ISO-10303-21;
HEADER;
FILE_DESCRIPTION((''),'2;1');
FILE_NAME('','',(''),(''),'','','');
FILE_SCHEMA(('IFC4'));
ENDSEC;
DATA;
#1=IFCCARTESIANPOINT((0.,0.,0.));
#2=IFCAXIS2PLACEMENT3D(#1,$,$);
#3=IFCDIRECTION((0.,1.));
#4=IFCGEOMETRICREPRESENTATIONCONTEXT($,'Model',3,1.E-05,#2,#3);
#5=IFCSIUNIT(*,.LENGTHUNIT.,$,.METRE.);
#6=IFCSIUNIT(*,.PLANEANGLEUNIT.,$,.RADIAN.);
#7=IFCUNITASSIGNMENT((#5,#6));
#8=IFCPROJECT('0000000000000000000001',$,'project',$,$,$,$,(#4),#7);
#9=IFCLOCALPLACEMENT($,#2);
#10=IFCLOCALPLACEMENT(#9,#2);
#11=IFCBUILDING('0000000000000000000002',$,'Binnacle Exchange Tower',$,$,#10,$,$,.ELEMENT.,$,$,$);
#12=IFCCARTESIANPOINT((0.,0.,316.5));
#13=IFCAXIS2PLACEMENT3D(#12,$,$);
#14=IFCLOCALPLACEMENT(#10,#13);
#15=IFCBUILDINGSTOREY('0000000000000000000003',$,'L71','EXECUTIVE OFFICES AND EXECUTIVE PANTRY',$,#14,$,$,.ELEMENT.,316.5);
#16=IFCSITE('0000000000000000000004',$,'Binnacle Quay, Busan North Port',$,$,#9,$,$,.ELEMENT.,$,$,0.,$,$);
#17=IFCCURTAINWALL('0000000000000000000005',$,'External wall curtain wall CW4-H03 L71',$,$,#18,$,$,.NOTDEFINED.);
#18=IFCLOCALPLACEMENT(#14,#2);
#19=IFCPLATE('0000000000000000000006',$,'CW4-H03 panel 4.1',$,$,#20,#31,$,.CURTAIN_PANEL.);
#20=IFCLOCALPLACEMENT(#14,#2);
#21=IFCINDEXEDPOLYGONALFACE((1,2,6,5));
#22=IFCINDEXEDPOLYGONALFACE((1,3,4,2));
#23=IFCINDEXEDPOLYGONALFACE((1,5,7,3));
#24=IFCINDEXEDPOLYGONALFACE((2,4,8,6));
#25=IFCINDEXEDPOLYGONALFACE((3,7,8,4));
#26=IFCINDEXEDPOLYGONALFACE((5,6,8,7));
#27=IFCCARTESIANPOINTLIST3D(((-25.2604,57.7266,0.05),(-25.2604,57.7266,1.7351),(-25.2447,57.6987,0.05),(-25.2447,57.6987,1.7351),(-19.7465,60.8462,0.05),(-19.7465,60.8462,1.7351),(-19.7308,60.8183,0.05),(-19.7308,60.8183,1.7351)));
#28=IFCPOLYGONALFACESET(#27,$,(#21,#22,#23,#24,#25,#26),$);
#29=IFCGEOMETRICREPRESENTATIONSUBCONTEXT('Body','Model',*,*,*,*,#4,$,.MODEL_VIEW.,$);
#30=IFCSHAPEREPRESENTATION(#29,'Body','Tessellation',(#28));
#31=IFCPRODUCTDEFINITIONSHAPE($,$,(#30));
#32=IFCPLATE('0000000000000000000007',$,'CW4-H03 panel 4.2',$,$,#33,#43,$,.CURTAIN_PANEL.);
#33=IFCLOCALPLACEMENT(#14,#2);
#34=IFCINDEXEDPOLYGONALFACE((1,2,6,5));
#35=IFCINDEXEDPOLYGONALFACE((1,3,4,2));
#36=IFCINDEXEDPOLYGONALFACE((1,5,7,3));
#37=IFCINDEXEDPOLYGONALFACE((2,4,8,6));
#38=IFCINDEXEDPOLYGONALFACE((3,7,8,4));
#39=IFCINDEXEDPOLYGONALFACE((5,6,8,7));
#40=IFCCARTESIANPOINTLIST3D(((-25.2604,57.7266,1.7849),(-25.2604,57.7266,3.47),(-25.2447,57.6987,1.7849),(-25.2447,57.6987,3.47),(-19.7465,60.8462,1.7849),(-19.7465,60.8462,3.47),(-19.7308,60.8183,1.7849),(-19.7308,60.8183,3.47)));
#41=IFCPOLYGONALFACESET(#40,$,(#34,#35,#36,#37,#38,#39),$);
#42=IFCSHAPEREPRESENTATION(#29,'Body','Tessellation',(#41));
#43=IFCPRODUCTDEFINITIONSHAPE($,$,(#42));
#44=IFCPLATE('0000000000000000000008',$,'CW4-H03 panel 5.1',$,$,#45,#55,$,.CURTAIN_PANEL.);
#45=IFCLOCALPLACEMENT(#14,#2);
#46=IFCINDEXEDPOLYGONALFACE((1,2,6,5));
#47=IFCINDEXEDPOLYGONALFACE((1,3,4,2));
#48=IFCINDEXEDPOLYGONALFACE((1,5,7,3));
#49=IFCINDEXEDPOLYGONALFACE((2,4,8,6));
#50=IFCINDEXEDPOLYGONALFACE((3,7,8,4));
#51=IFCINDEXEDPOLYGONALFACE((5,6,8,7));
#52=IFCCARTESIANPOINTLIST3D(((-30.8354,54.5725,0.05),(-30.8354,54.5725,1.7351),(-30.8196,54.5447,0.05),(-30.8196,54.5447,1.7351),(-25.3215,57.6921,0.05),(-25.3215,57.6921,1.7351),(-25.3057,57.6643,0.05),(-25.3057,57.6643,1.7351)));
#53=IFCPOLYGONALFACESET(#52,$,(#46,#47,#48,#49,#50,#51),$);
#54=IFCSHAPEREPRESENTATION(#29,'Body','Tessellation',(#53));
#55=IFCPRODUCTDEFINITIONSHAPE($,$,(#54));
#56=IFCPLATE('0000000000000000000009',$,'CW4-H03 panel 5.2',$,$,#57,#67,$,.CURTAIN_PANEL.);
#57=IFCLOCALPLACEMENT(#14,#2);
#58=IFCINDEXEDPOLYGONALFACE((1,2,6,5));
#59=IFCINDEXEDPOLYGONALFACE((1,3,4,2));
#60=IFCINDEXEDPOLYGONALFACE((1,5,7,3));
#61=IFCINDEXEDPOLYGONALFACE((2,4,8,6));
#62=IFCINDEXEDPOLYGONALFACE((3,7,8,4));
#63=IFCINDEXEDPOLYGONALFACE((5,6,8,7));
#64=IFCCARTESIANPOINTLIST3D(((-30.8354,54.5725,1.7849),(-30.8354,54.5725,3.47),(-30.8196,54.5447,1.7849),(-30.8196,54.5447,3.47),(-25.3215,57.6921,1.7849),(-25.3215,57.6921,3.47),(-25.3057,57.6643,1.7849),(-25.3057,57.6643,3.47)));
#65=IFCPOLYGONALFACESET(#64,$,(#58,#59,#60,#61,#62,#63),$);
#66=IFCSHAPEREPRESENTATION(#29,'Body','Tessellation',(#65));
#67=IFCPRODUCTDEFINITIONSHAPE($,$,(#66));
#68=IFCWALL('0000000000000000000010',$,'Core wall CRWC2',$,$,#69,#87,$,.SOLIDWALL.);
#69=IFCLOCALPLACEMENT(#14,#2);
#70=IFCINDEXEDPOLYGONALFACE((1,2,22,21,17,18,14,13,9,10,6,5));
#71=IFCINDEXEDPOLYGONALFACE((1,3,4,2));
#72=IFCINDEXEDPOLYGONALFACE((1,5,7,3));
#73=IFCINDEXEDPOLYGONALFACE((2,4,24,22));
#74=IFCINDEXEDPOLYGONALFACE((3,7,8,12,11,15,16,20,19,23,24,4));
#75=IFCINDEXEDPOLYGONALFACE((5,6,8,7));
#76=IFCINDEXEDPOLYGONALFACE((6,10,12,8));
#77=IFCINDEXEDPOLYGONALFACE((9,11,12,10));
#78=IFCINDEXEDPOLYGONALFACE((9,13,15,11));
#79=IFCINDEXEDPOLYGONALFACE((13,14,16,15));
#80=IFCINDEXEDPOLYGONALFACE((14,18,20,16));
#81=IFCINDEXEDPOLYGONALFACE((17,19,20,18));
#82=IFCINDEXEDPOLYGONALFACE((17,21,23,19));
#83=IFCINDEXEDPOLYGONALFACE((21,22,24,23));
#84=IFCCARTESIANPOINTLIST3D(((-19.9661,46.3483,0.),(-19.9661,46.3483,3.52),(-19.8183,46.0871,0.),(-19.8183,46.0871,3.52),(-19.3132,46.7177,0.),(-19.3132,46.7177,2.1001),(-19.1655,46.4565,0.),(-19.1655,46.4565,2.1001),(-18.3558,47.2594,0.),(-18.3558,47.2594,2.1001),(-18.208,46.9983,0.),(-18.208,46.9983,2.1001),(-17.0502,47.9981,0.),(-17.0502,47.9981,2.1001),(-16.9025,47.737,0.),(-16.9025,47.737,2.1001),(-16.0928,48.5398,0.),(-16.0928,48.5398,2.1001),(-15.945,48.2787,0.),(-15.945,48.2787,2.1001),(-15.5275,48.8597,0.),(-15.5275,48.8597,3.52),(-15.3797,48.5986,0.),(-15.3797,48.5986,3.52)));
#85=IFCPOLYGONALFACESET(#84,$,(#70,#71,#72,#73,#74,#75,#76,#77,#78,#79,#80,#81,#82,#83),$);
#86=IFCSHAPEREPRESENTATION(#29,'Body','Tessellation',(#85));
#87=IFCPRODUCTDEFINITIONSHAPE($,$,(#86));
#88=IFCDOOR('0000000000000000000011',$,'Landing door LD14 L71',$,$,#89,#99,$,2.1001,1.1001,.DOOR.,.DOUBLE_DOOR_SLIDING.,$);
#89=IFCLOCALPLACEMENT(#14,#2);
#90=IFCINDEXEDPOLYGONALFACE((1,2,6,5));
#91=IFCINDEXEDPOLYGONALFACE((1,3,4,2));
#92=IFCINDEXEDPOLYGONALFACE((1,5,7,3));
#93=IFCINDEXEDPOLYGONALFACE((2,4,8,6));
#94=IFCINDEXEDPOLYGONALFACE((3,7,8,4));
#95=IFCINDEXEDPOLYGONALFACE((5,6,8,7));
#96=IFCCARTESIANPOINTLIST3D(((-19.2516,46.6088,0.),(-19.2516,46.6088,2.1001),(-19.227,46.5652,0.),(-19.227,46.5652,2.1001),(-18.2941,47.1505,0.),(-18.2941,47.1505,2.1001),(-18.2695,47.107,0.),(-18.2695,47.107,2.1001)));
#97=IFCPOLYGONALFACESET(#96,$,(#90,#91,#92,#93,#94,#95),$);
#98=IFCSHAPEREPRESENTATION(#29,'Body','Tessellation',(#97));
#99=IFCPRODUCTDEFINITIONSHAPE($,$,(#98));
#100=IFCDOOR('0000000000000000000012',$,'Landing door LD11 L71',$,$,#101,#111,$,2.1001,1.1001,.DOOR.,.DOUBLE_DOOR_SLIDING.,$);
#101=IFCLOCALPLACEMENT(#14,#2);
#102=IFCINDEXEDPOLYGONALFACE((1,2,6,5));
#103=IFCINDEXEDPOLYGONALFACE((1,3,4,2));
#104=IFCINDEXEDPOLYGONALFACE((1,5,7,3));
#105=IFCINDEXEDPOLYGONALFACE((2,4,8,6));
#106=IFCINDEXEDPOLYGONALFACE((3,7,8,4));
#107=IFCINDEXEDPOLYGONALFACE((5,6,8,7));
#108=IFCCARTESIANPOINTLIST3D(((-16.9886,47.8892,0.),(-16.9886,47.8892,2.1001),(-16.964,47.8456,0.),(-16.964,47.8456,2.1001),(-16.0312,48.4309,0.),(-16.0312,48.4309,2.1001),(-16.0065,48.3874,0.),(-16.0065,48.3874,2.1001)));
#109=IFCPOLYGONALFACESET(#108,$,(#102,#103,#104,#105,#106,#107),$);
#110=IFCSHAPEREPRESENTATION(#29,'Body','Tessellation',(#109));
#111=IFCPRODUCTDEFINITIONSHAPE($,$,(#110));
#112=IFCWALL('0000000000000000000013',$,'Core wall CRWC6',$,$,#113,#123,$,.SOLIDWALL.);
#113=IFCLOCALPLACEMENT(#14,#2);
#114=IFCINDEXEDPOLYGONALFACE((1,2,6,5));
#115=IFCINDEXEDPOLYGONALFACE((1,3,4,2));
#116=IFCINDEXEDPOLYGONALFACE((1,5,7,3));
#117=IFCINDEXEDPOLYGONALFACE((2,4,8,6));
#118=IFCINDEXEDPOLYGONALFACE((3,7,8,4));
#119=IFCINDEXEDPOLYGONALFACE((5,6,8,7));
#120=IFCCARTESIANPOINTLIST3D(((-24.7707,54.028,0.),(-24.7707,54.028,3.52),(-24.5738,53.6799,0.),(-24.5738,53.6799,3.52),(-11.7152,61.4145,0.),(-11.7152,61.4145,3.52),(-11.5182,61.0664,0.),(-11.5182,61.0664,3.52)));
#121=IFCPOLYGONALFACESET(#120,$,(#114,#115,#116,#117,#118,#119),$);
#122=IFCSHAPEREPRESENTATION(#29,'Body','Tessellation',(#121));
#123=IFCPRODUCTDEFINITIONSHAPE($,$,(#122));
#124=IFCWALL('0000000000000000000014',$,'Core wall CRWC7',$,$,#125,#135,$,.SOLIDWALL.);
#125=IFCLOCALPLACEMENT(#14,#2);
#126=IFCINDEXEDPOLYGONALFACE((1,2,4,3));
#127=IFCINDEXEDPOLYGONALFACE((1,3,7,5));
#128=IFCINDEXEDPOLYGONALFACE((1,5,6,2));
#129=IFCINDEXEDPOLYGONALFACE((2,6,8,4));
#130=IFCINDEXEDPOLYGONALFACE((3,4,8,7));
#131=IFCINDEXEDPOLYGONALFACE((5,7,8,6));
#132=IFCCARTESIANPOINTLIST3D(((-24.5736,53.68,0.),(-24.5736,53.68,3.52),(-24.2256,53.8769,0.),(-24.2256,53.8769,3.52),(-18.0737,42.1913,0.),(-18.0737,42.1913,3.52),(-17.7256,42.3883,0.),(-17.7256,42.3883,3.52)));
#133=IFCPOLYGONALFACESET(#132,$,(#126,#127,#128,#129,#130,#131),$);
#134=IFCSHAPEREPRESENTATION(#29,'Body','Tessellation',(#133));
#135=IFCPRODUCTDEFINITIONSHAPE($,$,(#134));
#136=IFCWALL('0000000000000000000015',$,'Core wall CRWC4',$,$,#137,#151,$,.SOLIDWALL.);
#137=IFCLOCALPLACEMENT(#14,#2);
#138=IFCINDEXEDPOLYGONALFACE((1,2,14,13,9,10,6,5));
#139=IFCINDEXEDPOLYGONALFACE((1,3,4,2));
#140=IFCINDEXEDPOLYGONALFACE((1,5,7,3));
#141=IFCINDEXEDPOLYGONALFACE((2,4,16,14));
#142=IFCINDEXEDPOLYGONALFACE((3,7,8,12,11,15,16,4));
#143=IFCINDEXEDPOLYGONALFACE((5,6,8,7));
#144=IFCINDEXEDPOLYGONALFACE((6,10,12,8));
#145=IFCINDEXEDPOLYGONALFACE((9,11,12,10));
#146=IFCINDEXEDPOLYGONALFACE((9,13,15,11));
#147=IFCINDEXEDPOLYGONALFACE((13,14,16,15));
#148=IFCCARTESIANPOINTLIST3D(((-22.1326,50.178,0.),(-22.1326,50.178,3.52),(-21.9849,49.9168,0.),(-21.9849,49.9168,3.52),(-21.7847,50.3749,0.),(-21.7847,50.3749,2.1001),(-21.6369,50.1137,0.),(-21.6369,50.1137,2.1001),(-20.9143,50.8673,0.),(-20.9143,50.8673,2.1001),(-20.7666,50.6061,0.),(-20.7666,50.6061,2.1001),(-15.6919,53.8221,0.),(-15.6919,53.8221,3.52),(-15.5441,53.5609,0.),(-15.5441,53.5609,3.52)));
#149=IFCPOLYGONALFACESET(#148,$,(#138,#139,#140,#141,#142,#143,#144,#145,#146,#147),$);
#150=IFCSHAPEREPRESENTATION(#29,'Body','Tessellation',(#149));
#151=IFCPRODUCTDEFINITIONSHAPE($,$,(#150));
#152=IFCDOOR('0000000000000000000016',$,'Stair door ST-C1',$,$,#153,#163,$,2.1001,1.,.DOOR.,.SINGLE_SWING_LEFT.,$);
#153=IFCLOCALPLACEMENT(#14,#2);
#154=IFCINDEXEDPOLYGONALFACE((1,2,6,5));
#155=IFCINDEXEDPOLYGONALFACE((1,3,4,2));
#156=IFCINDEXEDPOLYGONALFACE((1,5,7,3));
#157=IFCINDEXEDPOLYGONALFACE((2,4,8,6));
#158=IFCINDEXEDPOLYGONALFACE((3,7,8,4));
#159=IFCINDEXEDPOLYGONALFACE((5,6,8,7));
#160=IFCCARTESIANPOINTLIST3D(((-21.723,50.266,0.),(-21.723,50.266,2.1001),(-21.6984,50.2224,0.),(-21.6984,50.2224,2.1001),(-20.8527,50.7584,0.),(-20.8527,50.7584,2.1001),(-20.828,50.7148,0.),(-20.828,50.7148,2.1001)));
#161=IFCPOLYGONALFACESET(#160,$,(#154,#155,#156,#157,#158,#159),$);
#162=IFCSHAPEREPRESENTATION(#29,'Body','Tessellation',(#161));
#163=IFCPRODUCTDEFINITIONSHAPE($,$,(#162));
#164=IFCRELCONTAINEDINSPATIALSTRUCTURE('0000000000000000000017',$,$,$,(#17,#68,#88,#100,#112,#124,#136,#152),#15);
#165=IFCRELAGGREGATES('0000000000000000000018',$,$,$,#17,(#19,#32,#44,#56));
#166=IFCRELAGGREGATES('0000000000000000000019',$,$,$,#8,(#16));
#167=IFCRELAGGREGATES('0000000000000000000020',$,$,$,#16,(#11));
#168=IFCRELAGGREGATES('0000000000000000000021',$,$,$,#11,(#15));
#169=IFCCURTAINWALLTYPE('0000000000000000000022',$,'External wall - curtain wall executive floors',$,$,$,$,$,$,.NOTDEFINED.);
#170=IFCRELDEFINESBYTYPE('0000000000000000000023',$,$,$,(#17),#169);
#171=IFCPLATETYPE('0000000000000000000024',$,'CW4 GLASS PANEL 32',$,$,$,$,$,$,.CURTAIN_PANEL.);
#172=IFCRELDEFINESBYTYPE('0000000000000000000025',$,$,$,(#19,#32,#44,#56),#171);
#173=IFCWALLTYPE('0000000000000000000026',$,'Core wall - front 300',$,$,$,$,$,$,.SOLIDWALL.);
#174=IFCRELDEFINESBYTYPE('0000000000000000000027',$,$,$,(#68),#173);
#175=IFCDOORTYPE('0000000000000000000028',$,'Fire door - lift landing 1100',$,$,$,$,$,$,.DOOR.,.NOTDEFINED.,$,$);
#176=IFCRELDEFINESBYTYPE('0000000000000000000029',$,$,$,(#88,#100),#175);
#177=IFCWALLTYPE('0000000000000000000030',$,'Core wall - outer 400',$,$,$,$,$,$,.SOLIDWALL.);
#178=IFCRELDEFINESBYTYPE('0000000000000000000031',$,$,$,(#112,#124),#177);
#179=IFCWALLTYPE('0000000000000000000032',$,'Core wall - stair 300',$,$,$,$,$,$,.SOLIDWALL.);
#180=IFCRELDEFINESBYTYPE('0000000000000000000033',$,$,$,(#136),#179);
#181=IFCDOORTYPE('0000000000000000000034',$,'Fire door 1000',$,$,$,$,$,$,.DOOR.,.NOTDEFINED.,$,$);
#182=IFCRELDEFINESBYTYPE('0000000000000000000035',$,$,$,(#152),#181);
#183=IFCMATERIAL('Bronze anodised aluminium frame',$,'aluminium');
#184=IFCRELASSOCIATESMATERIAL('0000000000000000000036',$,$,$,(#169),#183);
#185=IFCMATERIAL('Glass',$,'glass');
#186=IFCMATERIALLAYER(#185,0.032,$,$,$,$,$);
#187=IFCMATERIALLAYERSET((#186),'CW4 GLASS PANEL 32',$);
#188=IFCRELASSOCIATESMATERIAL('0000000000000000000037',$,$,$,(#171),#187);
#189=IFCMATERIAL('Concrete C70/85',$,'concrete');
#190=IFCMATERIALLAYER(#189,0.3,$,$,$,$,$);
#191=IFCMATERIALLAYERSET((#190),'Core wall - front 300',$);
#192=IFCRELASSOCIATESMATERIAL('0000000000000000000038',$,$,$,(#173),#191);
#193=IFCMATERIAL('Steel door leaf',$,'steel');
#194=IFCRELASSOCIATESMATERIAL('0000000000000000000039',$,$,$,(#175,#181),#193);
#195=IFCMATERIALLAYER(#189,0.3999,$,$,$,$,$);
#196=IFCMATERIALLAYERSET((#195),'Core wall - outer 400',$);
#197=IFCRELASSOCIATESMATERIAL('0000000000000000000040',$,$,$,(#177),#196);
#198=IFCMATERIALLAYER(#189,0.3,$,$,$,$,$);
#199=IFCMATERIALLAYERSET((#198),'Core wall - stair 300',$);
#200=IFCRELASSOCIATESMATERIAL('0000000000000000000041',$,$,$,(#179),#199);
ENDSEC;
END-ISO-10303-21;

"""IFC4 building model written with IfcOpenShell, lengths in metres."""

from ifc_helpers import new_model, si_unit, direction, frame, frame_2d, origin, origin_2d, place, context, subcontext, project, spatial, rectangle, extrude, material, layer, layer_set, type_object, element, fill, aggregate, save


model = new_model("IFC4")

# Units and contexts
model_context = context("Model", 3, precision=1e-05, world=origin(), true_north=direction((0.0, 1.0)))
body_context = subcontext(model_context, "Body", "Model", "MODEL_VIEW")
ifc_project = project(units=[si_unit("LENGTHUNIT", "METRE"), si_unit("PLANEANGLEUNIT", "RADIAN")], contexts=[model_context])

# Site, building, storey
site_placement = place(None, origin())
site = spatial("IfcSite", under=ifc_project, at=site_placement, Name="Binnacle Quay, Busan North Port", CompositionType="ELEMENT", RefElevation=0.0)
building_placement = place(site_placement, origin())
building = spatial("IfcBuilding", under=site, at=building_placement, Name="Binnacle Exchange Tower", CompositionType="ELEMENT")
storey_placement = place(building_placement, frame((0.0, 0.0, 316.5)))
storey = spatial("IfcBuildingStorey", under=building, at=storey_placement, Name="L71", Description="EXECUTIVE OFFICES AND EXECUTIVE PANTRY", CompositionType="ELEMENT", Elevation=316.5)

# Curtain wall
ifc_material_1 = material(Name="Bronze anodised aluminium frame", Category="aluminium")
curtain_wall_type = type_object("IfcCurtainWallType", Name="External wall - curtain wall executive floors", PredefinedType="NOTDEFINED", material=ifc_material_1)
curtain_wall_placement = place(storey_placement, origin())
curtain_wall = element("IfcCurtainWall", 1, at=curtain_wall_placement, inside=storey, type_object=curtain_wall_type, Name="External wall curtain wall CW4-H03 L71", PredefinedType="NOTDEFINED")

# Plates
ifc_material_2 = material(Name="Glass", Category="glass")
ifc_layer_1 = layer(ifc_material_2, 0.032)
ifc_layer_set_1 = layer_set([ifc_layer_1], Name="CW4 GLASS PANEL 32")
plate_type = type_object("IfcPlateType", Name="CW4 GLASS PANEL 32", PredefinedType="CURTAIN_PANEL", material=ifc_layer_set_1)
plate_1_placement = place(storey_placement, frame((-22.4956, 59.2725, 0.05), z_axis=(0.0, 0.0, 1.0), x_axis=(-0.870356, -0.492424, 0.0)))
plate_1 = element("IfcPlate", 2, at=plate_1_placement, type_object=plate_type, Name="CW4-H03 panel 4.1", PredefinedType="CURTAIN_PANEL", context=body_context, shape_type="SweptSolid", body=[
    extrude(rectangle(XDim=6.3352, YDim=0.032, at=origin_2d()), origin(), (0.0, 0.0, 1.0), 1.6851),
])
plate_2_placement = place(storey_placement, frame((-22.4956, 59.2725, 1.7849), z_axis=(0.0, 0.0, 1.0), x_axis=(-0.870356, -0.492424, 0.0)))
plate_2 = element("IfcPlate", 3, at=plate_2_placement, type_object=plate_type, Name="CW4-H03 panel 4.2", PredefinedType="CURTAIN_PANEL", context=body_context, shape_type="SweptSolid", body=[
    extrude(rectangle(XDim=6.3352, YDim=0.032, at=origin_2d()), origin(), (0.0, 0.0, 1.0), 1.6851),
])
plate_3_placement = place(storey_placement, frame((-28.0706, 56.1184, 0.05), z_axis=(0.0, 0.0, 1.0), x_axis=(-0.870356, -0.492424, 0.0)))
plate_3 = element("IfcPlate", 4, at=plate_3_placement, type_object=plate_type, Name="CW4-H03 panel 5.1", PredefinedType="CURTAIN_PANEL", context=body_context, shape_type="SweptSolid", body=[
    extrude(rectangle(XDim=6.3352, YDim=0.032, at=origin_2d()), origin(), (0.0, 0.0, 1.0), 1.6851),
])
plate_4_placement = place(storey_placement, frame((-28.0706, 56.1184, 1.7849), z_axis=(0.0, 0.0, 1.0), x_axis=(-0.870356, -0.492424, 0.0)))
plate_4 = element("IfcPlate", 5, at=plate_4_placement, type_object=plate_type, Name="CW4-H03 panel 5.2", PredefinedType="CURTAIN_PANEL", context=body_context, shape_type="SweptSolid", body=[
    extrude(rectangle(XDim=6.3352, YDim=0.032, at=origin_2d()), origin(), (0.0, 0.0, 1.0), 1.6851),
])
aggregate(curtain_wall, [plate_1, plate_2, plate_3, plate_4])

# Wall, openings, doors
ifc_material_3 = material(Name="Concrete C70/85", Category="concrete")
ifc_layer_2 = layer(ifc_material_3, 0.3)
ifc_layer_set_2 = layer_set([ifc_layer_2], Name="Core wall - front 300")
wall_type_1 = type_object("IfcWallType", Name="Core wall - front 300", PredefinedType="SOLIDWALL", material=ifc_layer_set_2)
wall_1_placement = place(storey_placement, frame((-19.8921, 46.2178, 0.0), z_axis=(0.0, 0.0, 1.0), x_axis=(0.870342, 0.492448, 0.0)))
wall_1 = element("IfcWall", 6, at=wall_1_placement, inside=storey, type_object=wall_type_1, Name="Core wall CRWC2", PredefinedType="SOLIDWALL", context=body_context, shape_type="SweptSolid", body=[
    extrude(rectangle(XDim=5.0999, YDim=0.3, at=frame_2d((2.5498, 0.0))), origin(), (0.0, 0.0, 1.0), 3.52),
])
opening_1_placement = place(wall_1_placement, frame((0.75, 0.0, 0.0)))
opening_1 = element("IfcOpeningElement", 7, at=opening_1_placement, cuts=wall_1, PredefinedType="OPENING", context=body_context, shape_type="SweptSolid", body=[
    extrude(rectangle(XDim=1.1001, YDim=2.1001, at=frame_2d((0.55, 1.05))), frame((0.0, 0.1599, 0.0), z_axis=(0.0, -1.0, 0.0), x_axis=(1.0, 0.0, 0.0)), (0.0, 0.0, 1.0), 0.3201),
])
opening_2_placement = place(wall_1_placement, frame((3.3501, 0.0, 0.0)))
opening_2 = element("IfcOpeningElement", 8, at=opening_2_placement, cuts=wall_1, PredefinedType="OPENING", context=body_context, shape_type="SweptSolid", body=[
    extrude(rectangle(XDim=1.1001, YDim=2.1001, at=frame_2d((0.55, 1.05))), frame((0.0, 0.1599, 0.0), z_axis=(0.0, -1.0, 0.0), x_axis=(1.0, 0.0, 0.0)), (0.0, 0.0, 1.0), 0.3201),
])
ifc_material_4 = material(Name="Steel door leaf", Category="steel")
door_type_1 = type_object("IfcDoorType", Name="Fire door - lift landing 1100", OperationType="NOTDEFINED", PredefinedType="DOOR", material=ifc_material_4)
door_1_placement = place(opening_1_placement, origin())
door_1 = element("IfcDoor", 9, at=door_1_placement, inside=storey, type_object=door_type_1, Name="Landing door LD14 L71", OperationType="DOUBLE_DOOR_SLIDING", OverallHeight=2.1001, OverallWidth=1.1001, PredefinedType="DOOR", context=body_context, shape_type="SweptSolid", body=[
    extrude(rectangle(XDim=1.1001, YDim=2.1001, at=frame_2d((0.55, 1.05))), frame((0.0, 0.0249, 0.0), z_axis=(0.0, -1.0, 0.0), x_axis=(1.0, 0.0, 0.0)), (0.0, 0.0, 1.0), 0.05),
])
fill(opening_1, door_1)
door_2_placement = place(opening_2_placement, origin())
door_2 = element("IfcDoor", 10, at=door_2_placement, inside=storey, type_object=door_type_1, Name="Landing door LD11 L71", OperationType="DOUBLE_DOOR_SLIDING", OverallHeight=2.1001, OverallWidth=1.1001, PredefinedType="DOOR", context=body_context, shape_type="SweptSolid", body=[
    extrude(rectangle(XDim=1.1001, YDim=2.1001, at=frame_2d((0.55, 1.05))), frame((0.0, 0.0249, 0.0), z_axis=(0.0, -1.0, 0.0), x_axis=(1.0, 0.0, 0.0)), (0.0, 0.0, 1.0), 0.05),
])
fill(opening_2, door_2)

# Walls
ifc_layer_3 = layer(ifc_material_3, 0.3999)
ifc_layer_set_3 = layer_set([ifc_layer_3], Name="Core wall - outer 400")
wall_type_2 = type_object("IfcWallType", Name="Core wall - outer 400", PredefinedType="SOLIDWALL", material=ifc_layer_set_3)
wall_2_placement = place(storey_placement, frame((-24.6721, 53.854, 0.0), z_axis=(0.0, 0.0, 1.0), x_axis=(0.870354, 0.492427, 0.0)))
element("IfcWall", 11, at=wall_2_placement, inside=storey, type_object=wall_type_2, Name="Core wall CRWC6", PredefinedType="SOLIDWALL", context=body_context, shape_type="SweptSolid", body=[
    extrude(rectangle(XDim=15.0002, YDim=0.3999, at=frame_2d((7.5, 0.0))), origin(), (0.0, 0.0, 1.0), 3.52),
])
wall_3_placement = place(storey_placement, frame((-24.3997, 53.7786, 0.0), z_axis=(0.0, 0.0, 1.0), x_axis=(0.492422, -0.870357, 0.0)))
element("IfcWall", 12, at=wall_3_placement, inside=storey, type_object=wall_type_2, Name="Core wall CRWC7", PredefinedType="SOLIDWALL", context=body_context, shape_type="SweptSolid", body=[
    extrude(rectangle(XDim=13.2, YDim=0.3999, at=frame_2d((6.6001, 0.0))), origin(), (0.0, 0.0, 1.0), 3.52),
])

# Wall, opening, door
ifc_layer_4 = layer(ifc_material_3, 0.3)
ifc_layer_set_4 = layer_set([ifc_layer_4], Name="Core wall - stair 300")
wall_type_3 = type_object("IfcWallType", Name="Core wall - stair 300", PredefinedType="SOLIDWALL", material=ifc_layer_set_4)
wall_4_placement = place(storey_placement, frame((-22.0588, 50.0474, 0.0), z_axis=(0.0, 0.0, 1.0), x_axis=(0.870351, 0.492432, 0.0)))
wall_4 = element("IfcWall", 13, at=wall_4_placement, inside=storey, type_object=wall_type_3, Name="Core wall CRWC4", PredefinedType="SOLIDWALL", context=body_context, shape_type="SweptSolid", body=[
    extrude(rectangle(XDim=7.4001, YDim=0.3, at=frame_2d((3.7002, 0.0))), origin(), (0.0, 0.0, 1.0), 3.52),
])
opening_3_placement = place(wall_4_placement, frame((0.3999, 0.0, 0.0)))
opening_3 = element("IfcOpeningElement", 14, at=opening_3_placement, cuts=wall_4, PredefinedType="OPENING", context=body_context, shape_type="SweptSolid", body=[
    extrude(rectangle(XDim=1.0, YDim=2.1001, at=frame_2d((0.5, 1.05))), frame((0.0, 0.1599, 0.0), z_axis=(0.0, -1.0, 0.0), x_axis=(1.0, 0.0, 0.0)), (0.0, 0.0, 1.0), 0.3201),
])
door_type_2 = type_object("IfcDoorType", Name="Fire door 1000", OperationType="NOTDEFINED", PredefinedType="DOOR", material=ifc_material_4)
door_3_placement = place(opening_3_placement, origin())
door_3 = element("IfcDoor", 15, at=door_3_placement, inside=storey, type_object=door_type_2, Name="Stair door ST-C1", OperationType="SINGLE_SWING_LEFT", OverallHeight=2.1001, OverallWidth=1.0, PredefinedType="DOOR", context=body_context, shape_type="SweptSolid", body=[
    extrude(rectangle(XDim=1.0, YDim=2.1001, at=frame_2d((0.5, 1.05))), frame((0.0, 0.0249, 0.0), z_axis=(0.0, -1.0, 0.0), x_axis=(1.0, 0.0, 0.0)), (0.0, 0.0, 1.0), 0.05),
])
fill(opening_3, door_3)

save(model, "model.ifc")
